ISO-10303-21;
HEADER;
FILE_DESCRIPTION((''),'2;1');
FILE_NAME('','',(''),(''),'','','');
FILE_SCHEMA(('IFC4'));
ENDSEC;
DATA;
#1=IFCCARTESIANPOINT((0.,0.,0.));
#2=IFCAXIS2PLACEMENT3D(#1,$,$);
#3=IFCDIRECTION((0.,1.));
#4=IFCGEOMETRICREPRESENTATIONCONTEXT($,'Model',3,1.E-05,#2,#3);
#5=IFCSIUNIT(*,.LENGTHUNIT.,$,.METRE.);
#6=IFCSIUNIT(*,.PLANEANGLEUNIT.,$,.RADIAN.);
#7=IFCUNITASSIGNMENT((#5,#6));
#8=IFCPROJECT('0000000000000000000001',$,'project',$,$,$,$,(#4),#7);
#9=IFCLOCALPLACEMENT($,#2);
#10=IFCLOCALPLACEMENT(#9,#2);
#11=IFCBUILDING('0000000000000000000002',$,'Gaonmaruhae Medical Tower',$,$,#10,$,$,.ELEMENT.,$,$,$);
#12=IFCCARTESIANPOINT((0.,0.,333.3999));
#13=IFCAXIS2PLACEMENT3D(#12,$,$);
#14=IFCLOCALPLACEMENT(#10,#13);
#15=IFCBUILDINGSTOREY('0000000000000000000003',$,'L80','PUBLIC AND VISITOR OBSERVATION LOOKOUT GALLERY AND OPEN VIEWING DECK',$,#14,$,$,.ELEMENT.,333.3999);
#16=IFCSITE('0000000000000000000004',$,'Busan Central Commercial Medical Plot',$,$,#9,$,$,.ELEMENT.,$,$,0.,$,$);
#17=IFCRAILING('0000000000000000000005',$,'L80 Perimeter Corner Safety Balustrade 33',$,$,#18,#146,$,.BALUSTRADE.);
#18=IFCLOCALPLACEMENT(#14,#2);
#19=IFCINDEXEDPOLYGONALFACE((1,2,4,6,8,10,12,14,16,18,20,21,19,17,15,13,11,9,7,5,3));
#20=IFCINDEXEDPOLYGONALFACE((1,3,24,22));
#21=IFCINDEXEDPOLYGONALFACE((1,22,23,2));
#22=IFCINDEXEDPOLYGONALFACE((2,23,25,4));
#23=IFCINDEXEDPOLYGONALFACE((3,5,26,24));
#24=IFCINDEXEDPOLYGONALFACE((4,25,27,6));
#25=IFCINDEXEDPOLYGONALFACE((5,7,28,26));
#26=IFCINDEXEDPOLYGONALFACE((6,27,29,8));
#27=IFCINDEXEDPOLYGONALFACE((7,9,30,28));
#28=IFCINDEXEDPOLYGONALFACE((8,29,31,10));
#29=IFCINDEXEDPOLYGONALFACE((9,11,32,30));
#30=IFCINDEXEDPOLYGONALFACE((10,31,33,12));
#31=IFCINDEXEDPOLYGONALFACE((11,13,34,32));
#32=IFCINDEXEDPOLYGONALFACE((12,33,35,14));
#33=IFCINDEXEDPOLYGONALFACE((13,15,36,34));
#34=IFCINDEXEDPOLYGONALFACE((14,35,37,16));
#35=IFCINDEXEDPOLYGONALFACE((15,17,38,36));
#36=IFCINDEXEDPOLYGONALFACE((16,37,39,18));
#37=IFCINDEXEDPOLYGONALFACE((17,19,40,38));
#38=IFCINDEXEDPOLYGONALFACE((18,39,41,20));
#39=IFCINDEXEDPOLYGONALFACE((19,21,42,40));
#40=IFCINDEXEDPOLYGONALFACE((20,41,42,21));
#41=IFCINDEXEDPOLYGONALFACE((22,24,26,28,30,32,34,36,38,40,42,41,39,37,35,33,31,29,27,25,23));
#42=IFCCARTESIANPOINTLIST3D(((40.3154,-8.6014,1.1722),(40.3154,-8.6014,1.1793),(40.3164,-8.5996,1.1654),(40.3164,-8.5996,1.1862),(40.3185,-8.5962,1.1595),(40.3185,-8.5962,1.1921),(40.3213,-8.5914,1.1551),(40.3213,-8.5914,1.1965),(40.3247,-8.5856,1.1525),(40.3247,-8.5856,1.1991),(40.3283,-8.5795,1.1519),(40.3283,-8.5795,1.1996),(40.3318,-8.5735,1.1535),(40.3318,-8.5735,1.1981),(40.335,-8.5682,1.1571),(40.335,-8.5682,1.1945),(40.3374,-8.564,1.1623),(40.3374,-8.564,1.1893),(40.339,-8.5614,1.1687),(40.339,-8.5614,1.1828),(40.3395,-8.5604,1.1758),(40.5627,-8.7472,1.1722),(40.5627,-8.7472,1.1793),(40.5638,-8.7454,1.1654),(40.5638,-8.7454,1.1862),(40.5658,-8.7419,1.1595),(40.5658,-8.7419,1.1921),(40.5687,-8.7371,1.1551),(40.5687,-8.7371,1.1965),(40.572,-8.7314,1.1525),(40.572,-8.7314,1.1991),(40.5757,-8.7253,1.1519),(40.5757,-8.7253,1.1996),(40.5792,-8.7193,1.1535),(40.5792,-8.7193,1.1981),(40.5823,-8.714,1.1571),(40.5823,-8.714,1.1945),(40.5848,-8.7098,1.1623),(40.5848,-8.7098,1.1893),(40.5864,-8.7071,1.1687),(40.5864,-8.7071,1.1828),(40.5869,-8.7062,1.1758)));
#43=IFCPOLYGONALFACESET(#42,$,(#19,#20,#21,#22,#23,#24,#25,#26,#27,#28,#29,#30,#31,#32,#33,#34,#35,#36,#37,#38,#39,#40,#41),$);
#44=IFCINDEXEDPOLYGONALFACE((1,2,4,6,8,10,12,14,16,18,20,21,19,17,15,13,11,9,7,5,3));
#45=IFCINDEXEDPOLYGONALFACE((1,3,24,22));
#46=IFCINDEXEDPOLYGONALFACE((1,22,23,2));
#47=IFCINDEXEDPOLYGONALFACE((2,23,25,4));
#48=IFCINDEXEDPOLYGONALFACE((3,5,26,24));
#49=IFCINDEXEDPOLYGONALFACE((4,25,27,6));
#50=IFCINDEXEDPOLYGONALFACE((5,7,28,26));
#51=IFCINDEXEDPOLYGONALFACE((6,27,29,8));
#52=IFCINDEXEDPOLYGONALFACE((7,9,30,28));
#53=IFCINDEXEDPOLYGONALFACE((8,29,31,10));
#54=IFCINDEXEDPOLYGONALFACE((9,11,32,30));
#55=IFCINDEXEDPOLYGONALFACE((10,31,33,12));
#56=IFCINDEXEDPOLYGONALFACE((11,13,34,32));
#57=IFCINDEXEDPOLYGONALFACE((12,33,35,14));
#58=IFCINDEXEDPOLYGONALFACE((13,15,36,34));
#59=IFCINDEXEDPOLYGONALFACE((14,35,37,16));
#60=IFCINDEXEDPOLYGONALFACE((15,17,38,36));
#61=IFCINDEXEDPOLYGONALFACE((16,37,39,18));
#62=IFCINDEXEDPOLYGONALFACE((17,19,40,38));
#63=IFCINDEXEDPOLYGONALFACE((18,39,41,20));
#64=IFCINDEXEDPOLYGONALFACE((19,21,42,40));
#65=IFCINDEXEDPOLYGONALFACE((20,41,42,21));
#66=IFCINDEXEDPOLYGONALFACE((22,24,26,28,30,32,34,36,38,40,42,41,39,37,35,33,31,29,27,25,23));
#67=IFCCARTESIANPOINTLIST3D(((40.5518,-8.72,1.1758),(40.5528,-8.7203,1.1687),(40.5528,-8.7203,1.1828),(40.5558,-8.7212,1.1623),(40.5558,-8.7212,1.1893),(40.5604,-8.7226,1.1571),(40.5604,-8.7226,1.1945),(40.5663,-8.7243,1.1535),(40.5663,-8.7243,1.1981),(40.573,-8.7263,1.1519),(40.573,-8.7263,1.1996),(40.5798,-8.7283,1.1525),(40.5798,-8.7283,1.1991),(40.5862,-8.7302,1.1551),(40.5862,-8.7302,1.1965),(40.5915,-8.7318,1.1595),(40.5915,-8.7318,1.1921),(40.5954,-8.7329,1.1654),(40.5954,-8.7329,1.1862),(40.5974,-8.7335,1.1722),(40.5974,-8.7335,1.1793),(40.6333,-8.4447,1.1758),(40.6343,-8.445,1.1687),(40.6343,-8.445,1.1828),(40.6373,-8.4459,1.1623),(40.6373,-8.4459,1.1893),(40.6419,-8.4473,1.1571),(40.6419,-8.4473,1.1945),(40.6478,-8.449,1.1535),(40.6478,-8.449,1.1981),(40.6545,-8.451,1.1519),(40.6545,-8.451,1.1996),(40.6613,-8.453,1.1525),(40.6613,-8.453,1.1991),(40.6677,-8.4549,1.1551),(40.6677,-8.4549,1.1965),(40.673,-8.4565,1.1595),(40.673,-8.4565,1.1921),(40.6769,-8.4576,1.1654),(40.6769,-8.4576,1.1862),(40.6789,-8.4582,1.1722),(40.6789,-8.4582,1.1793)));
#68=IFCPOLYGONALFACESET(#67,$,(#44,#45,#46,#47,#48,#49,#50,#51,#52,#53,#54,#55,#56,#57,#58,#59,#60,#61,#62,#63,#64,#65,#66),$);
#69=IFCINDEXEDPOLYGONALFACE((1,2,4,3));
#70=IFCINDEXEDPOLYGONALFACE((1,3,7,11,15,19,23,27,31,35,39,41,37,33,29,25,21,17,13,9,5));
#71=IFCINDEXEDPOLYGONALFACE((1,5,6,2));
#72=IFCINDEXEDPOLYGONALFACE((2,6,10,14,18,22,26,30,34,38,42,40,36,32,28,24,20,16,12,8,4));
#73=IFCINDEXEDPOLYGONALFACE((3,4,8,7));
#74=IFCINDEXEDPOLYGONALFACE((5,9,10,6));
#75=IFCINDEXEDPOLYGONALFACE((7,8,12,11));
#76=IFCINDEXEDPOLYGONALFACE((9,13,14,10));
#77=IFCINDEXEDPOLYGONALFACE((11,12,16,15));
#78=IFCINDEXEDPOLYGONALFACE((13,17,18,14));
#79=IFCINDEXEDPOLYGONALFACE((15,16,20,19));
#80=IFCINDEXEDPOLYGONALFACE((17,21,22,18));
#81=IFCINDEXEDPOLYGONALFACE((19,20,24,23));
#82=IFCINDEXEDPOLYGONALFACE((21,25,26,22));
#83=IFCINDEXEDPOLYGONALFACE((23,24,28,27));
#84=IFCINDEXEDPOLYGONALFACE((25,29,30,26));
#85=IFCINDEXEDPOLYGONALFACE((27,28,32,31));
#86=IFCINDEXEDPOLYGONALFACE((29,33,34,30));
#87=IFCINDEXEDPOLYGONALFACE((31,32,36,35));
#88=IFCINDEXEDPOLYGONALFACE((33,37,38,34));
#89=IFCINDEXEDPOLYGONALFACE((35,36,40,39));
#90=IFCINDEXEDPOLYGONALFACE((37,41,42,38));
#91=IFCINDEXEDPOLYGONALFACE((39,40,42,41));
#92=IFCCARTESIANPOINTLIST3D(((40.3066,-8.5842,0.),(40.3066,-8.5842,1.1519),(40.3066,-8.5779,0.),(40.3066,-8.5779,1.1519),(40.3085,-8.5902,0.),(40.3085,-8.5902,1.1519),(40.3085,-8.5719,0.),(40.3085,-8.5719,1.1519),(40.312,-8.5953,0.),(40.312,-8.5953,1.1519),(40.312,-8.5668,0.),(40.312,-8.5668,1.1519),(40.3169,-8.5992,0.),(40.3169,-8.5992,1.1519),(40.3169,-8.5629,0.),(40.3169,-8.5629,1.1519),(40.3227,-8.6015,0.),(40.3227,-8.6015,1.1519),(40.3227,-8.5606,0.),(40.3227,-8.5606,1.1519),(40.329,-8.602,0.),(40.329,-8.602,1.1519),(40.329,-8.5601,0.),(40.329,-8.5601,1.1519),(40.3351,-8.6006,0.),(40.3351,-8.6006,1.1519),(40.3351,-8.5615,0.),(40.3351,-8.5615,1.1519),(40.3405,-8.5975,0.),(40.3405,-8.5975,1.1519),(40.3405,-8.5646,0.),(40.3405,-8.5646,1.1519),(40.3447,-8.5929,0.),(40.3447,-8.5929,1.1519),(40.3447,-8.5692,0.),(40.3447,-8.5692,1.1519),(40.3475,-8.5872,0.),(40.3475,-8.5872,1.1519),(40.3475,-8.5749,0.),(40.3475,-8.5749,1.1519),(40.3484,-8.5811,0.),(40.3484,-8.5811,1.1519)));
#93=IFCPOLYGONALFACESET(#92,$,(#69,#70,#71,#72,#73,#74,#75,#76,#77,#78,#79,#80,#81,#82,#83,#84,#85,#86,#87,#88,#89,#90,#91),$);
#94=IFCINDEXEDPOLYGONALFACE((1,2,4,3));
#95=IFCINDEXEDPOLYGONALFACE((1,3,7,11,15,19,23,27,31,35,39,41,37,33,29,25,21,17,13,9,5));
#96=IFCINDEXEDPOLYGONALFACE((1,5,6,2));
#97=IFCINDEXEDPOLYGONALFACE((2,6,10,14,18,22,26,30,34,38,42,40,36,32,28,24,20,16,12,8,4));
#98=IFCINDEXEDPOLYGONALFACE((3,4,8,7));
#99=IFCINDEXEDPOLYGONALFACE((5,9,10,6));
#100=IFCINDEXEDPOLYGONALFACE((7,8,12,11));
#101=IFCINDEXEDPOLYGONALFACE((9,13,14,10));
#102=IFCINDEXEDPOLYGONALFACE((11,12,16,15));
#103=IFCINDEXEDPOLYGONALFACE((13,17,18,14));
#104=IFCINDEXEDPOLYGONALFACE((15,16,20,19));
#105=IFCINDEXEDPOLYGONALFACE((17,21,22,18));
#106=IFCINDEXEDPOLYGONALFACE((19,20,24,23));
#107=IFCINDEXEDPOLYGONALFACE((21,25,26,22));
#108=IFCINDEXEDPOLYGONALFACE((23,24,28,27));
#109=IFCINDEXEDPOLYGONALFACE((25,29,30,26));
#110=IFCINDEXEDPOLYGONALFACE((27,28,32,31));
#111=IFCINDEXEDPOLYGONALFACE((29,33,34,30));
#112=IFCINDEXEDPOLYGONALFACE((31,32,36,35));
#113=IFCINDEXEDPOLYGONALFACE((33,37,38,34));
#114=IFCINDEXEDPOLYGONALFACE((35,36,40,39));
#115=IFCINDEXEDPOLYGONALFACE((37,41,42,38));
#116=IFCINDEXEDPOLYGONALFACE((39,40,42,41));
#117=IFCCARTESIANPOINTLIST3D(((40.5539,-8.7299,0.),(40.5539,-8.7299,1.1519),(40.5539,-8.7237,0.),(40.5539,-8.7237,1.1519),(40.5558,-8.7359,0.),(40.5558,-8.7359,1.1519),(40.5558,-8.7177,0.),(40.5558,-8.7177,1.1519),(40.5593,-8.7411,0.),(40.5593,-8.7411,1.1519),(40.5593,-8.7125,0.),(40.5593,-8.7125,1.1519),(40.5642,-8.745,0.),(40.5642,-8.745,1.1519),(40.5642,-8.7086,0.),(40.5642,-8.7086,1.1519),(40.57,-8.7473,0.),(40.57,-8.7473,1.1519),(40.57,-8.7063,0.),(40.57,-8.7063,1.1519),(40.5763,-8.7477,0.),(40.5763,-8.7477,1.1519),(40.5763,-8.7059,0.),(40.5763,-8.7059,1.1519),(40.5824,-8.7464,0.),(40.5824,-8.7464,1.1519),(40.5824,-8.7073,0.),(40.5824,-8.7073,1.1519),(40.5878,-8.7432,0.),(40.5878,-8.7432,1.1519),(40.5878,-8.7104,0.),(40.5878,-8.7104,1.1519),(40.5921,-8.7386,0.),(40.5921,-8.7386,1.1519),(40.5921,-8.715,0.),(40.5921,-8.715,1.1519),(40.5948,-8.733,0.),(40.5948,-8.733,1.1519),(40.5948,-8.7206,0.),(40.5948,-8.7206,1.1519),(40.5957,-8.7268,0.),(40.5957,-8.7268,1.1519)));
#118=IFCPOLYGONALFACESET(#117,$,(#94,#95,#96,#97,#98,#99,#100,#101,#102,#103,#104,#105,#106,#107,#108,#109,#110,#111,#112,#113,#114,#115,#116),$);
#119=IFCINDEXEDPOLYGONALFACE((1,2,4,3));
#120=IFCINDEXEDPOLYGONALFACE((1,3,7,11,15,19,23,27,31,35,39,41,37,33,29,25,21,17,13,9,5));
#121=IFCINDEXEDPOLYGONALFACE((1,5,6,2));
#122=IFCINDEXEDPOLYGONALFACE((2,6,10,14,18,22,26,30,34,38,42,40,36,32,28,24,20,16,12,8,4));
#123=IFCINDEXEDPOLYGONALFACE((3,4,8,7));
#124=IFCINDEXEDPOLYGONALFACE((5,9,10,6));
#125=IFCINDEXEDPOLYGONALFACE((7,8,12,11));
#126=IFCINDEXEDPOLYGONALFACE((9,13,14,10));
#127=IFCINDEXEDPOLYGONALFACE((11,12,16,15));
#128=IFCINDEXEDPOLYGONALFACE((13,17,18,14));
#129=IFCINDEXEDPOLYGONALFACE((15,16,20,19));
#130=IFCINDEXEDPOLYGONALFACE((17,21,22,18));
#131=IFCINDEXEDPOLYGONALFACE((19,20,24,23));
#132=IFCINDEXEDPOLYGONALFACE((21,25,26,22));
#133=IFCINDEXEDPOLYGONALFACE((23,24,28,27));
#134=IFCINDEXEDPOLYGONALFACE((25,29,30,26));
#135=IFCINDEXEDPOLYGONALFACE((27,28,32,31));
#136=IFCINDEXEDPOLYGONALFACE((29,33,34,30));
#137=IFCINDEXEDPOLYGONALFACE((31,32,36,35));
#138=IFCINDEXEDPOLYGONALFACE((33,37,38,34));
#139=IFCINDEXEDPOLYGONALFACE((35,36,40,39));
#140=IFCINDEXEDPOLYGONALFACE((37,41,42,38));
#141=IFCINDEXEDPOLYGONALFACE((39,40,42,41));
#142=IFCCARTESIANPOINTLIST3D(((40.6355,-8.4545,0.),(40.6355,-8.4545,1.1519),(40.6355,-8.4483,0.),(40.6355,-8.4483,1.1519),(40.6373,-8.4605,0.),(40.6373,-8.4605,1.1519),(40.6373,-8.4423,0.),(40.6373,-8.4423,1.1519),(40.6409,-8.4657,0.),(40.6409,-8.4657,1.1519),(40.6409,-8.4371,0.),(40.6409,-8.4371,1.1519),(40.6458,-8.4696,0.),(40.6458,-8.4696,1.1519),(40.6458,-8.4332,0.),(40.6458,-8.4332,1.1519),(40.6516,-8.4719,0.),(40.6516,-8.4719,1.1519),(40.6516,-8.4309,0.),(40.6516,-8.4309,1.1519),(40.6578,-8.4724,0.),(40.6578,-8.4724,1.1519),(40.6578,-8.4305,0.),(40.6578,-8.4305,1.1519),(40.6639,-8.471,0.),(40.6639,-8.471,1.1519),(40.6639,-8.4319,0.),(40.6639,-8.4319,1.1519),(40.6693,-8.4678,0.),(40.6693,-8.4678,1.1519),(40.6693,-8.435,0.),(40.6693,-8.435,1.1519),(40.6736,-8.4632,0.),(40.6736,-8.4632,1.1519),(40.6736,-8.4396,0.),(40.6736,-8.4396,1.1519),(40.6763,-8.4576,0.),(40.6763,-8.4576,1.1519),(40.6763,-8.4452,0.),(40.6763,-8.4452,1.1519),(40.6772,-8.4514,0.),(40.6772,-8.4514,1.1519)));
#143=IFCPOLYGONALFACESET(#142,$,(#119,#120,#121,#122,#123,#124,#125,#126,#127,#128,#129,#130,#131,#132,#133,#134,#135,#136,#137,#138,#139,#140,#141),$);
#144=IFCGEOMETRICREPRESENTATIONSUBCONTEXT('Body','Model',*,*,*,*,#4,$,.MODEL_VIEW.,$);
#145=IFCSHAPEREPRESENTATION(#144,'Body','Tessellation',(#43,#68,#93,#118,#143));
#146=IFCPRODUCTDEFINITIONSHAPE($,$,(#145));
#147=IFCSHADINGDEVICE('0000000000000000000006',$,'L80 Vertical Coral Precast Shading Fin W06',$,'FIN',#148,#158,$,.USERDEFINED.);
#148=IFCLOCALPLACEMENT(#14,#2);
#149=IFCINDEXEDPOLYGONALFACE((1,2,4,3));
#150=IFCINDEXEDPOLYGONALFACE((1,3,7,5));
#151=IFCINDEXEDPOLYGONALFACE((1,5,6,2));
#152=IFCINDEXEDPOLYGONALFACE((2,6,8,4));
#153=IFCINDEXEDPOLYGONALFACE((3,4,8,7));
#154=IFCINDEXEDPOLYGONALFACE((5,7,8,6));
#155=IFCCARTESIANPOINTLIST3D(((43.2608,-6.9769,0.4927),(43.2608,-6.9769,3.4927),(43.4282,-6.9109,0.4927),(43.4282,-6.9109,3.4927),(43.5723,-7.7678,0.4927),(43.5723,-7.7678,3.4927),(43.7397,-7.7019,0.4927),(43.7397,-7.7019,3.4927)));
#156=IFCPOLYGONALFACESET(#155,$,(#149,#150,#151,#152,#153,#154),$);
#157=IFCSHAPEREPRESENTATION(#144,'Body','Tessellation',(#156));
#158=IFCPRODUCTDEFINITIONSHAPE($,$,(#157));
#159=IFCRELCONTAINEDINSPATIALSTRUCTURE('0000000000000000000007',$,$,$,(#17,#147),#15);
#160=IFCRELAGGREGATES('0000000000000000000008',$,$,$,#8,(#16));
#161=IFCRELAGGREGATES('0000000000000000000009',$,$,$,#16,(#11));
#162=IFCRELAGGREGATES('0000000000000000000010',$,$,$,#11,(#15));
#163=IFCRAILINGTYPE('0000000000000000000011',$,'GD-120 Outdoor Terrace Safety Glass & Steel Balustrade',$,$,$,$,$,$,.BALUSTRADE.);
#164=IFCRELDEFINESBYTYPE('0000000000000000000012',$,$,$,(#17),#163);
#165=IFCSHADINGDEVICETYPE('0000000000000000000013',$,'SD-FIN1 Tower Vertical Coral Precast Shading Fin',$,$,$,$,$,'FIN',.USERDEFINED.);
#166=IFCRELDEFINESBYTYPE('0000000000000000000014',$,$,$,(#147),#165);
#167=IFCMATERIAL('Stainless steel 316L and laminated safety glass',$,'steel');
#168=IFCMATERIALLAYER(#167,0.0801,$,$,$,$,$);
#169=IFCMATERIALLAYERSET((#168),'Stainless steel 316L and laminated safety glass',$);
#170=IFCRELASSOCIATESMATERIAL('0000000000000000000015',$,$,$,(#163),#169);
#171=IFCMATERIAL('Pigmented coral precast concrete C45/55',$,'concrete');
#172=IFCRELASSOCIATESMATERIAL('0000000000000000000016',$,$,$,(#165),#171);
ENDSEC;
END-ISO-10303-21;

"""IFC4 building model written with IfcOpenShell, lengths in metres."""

from ifc_helpers import new_model, si_unit, direction, frame, origin, origin_2d, place, context, subcontext, project, spatial, rectangle, circle, extrude, material, layer, layer_set, type_object, element, save


model = new_model("IFC4")

# Units and contexts
model_context = context("Model", 3, precision=1e-05, world=origin(), true_north=direction((0.0, 1.0)))
body_context = subcontext(model_context, "Body", "Model", "MODEL_VIEW")
ifc_project = project(units=[si_unit("LENGTHUNIT", "METRE"), si_unit("PLANEANGLEUNIT", "RADIAN")], contexts=[model_context])

# Site, building, storey
site_placement = place(None, origin())
site = spatial("IfcSite", under=ifc_project, at=site_placement, Name="Busan Central Commercial Medical Plot", CompositionType="ELEMENT", RefElevation=0.0)
building_placement = place(site_placement, origin())
building = spatial("IfcBuilding", under=site, at=building_placement, Name="Gaonmaruhae Medical Tower", CompositionType="ELEMENT")
storey_placement = place(building_placement, frame((0.0, 0.0, 333.3999)))
storey = spatial("IfcBuildingStorey", under=building, at=storey_placement, Name="L80", Description="PUBLIC AND VISITOR OBSERVATION LOOKOUT GALLERY AND OPEN VIEWING DECK", CompositionType="ELEMENT", Elevation=333.3999)

# Railing
ifc_material_1 = material(Name="Stainless steel 316L and laminated safety glass", Category="steel")
ifc_layer_1 = layer(ifc_material_1, 0.0801)
ifc_layer_set_1 = layer_set([ifc_layer_1], Name="Stainless steel 316L and laminated safety glass")
railing_type = type_object("IfcRailingType", Name="GD-120 Outdoor Terrace Safety Glass & Steel Balustrade", PredefinedType="BALUSTRADE", material=ifc_layer_set_1)
railing_1_placement = place(storey_placement, frame((40.3274, -8.5811, 0.0)))
element("IfcRailing", 1, at=railing_1_placement, inside=storey, type_object=railing_type, Name="L80 Perimeter Corner Safety Balustrade 33", PredefinedType="BALUSTRADE", context=body_context, shape_type="SweptSolid", body=[
    extrude(circle(Radius=0.0239, at=origin_2d()), frame((0.0, 0.0, 1.1758), z_axis=(0.861519, -0.507726, 0.0), x_axis=(0.507726, 0.861519, 0.0)), (0.0, 0.0, 1.0), 0.2871),
    extrude(circle(Radius=0.0239, at=origin_2d()), frame((0.2473, -0.1458, 1.1758), z_axis=(0.283915, 0.95885, 0.0), x_axis=(-0.95885, 0.283915, 0.0)), (0.0, 0.0, 1.0), 0.2871),
    extrude(circle(Radius=0.021, at=origin_2d()), origin(), (0.0, 0.0, 1.0), 1.1519),
    extrude(circle(Radius=0.021, at=origin_2d()), frame((0.2473, -0.1458, 0.0)), (0.0, 0.0, 1.0), 1.1519),
    extrude(circle(Radius=0.021, at=origin_2d()), frame((0.3289, 0.1296, 0.0)), (0.0, 0.0, 1.0), 1.1519),
])

# Shading device
ifc_material_2 = material(Name="Pigmented coral precast concrete C45/55", Category="concrete")
shading_device_type = type_object("IfcShadingDeviceType", Name="SD-FIN1 Tower Vertical Coral Precast Shading Fin", ElementType="FIN", PredefinedType="USERDEFINED", material=ifc_material_2)
shading_device_placement = place(storey_placement, frame((43.5002, -7.3394, 0.4927), z_axis=(0.0, 0.0, 1.0), x_axis=(-0.930411, -0.366517, 0.0)))
element("IfcShadingDevice", 2, at=shading_device_placement, inside=storey, type_object=shading_device_type, Name="L80 Vertical Coral Precast Shading Fin W06", ObjectType="FIN", PredefinedType="USERDEFINED", context=body_context, shape_type="SweptSolid", body=[
    extrude(rectangle(XDim=0.1799, YDim=0.8501, at=origin_2d()), origin(), (0.0, 0.0, 1.0), 3.0),
])

save(model, "model.ifc")
